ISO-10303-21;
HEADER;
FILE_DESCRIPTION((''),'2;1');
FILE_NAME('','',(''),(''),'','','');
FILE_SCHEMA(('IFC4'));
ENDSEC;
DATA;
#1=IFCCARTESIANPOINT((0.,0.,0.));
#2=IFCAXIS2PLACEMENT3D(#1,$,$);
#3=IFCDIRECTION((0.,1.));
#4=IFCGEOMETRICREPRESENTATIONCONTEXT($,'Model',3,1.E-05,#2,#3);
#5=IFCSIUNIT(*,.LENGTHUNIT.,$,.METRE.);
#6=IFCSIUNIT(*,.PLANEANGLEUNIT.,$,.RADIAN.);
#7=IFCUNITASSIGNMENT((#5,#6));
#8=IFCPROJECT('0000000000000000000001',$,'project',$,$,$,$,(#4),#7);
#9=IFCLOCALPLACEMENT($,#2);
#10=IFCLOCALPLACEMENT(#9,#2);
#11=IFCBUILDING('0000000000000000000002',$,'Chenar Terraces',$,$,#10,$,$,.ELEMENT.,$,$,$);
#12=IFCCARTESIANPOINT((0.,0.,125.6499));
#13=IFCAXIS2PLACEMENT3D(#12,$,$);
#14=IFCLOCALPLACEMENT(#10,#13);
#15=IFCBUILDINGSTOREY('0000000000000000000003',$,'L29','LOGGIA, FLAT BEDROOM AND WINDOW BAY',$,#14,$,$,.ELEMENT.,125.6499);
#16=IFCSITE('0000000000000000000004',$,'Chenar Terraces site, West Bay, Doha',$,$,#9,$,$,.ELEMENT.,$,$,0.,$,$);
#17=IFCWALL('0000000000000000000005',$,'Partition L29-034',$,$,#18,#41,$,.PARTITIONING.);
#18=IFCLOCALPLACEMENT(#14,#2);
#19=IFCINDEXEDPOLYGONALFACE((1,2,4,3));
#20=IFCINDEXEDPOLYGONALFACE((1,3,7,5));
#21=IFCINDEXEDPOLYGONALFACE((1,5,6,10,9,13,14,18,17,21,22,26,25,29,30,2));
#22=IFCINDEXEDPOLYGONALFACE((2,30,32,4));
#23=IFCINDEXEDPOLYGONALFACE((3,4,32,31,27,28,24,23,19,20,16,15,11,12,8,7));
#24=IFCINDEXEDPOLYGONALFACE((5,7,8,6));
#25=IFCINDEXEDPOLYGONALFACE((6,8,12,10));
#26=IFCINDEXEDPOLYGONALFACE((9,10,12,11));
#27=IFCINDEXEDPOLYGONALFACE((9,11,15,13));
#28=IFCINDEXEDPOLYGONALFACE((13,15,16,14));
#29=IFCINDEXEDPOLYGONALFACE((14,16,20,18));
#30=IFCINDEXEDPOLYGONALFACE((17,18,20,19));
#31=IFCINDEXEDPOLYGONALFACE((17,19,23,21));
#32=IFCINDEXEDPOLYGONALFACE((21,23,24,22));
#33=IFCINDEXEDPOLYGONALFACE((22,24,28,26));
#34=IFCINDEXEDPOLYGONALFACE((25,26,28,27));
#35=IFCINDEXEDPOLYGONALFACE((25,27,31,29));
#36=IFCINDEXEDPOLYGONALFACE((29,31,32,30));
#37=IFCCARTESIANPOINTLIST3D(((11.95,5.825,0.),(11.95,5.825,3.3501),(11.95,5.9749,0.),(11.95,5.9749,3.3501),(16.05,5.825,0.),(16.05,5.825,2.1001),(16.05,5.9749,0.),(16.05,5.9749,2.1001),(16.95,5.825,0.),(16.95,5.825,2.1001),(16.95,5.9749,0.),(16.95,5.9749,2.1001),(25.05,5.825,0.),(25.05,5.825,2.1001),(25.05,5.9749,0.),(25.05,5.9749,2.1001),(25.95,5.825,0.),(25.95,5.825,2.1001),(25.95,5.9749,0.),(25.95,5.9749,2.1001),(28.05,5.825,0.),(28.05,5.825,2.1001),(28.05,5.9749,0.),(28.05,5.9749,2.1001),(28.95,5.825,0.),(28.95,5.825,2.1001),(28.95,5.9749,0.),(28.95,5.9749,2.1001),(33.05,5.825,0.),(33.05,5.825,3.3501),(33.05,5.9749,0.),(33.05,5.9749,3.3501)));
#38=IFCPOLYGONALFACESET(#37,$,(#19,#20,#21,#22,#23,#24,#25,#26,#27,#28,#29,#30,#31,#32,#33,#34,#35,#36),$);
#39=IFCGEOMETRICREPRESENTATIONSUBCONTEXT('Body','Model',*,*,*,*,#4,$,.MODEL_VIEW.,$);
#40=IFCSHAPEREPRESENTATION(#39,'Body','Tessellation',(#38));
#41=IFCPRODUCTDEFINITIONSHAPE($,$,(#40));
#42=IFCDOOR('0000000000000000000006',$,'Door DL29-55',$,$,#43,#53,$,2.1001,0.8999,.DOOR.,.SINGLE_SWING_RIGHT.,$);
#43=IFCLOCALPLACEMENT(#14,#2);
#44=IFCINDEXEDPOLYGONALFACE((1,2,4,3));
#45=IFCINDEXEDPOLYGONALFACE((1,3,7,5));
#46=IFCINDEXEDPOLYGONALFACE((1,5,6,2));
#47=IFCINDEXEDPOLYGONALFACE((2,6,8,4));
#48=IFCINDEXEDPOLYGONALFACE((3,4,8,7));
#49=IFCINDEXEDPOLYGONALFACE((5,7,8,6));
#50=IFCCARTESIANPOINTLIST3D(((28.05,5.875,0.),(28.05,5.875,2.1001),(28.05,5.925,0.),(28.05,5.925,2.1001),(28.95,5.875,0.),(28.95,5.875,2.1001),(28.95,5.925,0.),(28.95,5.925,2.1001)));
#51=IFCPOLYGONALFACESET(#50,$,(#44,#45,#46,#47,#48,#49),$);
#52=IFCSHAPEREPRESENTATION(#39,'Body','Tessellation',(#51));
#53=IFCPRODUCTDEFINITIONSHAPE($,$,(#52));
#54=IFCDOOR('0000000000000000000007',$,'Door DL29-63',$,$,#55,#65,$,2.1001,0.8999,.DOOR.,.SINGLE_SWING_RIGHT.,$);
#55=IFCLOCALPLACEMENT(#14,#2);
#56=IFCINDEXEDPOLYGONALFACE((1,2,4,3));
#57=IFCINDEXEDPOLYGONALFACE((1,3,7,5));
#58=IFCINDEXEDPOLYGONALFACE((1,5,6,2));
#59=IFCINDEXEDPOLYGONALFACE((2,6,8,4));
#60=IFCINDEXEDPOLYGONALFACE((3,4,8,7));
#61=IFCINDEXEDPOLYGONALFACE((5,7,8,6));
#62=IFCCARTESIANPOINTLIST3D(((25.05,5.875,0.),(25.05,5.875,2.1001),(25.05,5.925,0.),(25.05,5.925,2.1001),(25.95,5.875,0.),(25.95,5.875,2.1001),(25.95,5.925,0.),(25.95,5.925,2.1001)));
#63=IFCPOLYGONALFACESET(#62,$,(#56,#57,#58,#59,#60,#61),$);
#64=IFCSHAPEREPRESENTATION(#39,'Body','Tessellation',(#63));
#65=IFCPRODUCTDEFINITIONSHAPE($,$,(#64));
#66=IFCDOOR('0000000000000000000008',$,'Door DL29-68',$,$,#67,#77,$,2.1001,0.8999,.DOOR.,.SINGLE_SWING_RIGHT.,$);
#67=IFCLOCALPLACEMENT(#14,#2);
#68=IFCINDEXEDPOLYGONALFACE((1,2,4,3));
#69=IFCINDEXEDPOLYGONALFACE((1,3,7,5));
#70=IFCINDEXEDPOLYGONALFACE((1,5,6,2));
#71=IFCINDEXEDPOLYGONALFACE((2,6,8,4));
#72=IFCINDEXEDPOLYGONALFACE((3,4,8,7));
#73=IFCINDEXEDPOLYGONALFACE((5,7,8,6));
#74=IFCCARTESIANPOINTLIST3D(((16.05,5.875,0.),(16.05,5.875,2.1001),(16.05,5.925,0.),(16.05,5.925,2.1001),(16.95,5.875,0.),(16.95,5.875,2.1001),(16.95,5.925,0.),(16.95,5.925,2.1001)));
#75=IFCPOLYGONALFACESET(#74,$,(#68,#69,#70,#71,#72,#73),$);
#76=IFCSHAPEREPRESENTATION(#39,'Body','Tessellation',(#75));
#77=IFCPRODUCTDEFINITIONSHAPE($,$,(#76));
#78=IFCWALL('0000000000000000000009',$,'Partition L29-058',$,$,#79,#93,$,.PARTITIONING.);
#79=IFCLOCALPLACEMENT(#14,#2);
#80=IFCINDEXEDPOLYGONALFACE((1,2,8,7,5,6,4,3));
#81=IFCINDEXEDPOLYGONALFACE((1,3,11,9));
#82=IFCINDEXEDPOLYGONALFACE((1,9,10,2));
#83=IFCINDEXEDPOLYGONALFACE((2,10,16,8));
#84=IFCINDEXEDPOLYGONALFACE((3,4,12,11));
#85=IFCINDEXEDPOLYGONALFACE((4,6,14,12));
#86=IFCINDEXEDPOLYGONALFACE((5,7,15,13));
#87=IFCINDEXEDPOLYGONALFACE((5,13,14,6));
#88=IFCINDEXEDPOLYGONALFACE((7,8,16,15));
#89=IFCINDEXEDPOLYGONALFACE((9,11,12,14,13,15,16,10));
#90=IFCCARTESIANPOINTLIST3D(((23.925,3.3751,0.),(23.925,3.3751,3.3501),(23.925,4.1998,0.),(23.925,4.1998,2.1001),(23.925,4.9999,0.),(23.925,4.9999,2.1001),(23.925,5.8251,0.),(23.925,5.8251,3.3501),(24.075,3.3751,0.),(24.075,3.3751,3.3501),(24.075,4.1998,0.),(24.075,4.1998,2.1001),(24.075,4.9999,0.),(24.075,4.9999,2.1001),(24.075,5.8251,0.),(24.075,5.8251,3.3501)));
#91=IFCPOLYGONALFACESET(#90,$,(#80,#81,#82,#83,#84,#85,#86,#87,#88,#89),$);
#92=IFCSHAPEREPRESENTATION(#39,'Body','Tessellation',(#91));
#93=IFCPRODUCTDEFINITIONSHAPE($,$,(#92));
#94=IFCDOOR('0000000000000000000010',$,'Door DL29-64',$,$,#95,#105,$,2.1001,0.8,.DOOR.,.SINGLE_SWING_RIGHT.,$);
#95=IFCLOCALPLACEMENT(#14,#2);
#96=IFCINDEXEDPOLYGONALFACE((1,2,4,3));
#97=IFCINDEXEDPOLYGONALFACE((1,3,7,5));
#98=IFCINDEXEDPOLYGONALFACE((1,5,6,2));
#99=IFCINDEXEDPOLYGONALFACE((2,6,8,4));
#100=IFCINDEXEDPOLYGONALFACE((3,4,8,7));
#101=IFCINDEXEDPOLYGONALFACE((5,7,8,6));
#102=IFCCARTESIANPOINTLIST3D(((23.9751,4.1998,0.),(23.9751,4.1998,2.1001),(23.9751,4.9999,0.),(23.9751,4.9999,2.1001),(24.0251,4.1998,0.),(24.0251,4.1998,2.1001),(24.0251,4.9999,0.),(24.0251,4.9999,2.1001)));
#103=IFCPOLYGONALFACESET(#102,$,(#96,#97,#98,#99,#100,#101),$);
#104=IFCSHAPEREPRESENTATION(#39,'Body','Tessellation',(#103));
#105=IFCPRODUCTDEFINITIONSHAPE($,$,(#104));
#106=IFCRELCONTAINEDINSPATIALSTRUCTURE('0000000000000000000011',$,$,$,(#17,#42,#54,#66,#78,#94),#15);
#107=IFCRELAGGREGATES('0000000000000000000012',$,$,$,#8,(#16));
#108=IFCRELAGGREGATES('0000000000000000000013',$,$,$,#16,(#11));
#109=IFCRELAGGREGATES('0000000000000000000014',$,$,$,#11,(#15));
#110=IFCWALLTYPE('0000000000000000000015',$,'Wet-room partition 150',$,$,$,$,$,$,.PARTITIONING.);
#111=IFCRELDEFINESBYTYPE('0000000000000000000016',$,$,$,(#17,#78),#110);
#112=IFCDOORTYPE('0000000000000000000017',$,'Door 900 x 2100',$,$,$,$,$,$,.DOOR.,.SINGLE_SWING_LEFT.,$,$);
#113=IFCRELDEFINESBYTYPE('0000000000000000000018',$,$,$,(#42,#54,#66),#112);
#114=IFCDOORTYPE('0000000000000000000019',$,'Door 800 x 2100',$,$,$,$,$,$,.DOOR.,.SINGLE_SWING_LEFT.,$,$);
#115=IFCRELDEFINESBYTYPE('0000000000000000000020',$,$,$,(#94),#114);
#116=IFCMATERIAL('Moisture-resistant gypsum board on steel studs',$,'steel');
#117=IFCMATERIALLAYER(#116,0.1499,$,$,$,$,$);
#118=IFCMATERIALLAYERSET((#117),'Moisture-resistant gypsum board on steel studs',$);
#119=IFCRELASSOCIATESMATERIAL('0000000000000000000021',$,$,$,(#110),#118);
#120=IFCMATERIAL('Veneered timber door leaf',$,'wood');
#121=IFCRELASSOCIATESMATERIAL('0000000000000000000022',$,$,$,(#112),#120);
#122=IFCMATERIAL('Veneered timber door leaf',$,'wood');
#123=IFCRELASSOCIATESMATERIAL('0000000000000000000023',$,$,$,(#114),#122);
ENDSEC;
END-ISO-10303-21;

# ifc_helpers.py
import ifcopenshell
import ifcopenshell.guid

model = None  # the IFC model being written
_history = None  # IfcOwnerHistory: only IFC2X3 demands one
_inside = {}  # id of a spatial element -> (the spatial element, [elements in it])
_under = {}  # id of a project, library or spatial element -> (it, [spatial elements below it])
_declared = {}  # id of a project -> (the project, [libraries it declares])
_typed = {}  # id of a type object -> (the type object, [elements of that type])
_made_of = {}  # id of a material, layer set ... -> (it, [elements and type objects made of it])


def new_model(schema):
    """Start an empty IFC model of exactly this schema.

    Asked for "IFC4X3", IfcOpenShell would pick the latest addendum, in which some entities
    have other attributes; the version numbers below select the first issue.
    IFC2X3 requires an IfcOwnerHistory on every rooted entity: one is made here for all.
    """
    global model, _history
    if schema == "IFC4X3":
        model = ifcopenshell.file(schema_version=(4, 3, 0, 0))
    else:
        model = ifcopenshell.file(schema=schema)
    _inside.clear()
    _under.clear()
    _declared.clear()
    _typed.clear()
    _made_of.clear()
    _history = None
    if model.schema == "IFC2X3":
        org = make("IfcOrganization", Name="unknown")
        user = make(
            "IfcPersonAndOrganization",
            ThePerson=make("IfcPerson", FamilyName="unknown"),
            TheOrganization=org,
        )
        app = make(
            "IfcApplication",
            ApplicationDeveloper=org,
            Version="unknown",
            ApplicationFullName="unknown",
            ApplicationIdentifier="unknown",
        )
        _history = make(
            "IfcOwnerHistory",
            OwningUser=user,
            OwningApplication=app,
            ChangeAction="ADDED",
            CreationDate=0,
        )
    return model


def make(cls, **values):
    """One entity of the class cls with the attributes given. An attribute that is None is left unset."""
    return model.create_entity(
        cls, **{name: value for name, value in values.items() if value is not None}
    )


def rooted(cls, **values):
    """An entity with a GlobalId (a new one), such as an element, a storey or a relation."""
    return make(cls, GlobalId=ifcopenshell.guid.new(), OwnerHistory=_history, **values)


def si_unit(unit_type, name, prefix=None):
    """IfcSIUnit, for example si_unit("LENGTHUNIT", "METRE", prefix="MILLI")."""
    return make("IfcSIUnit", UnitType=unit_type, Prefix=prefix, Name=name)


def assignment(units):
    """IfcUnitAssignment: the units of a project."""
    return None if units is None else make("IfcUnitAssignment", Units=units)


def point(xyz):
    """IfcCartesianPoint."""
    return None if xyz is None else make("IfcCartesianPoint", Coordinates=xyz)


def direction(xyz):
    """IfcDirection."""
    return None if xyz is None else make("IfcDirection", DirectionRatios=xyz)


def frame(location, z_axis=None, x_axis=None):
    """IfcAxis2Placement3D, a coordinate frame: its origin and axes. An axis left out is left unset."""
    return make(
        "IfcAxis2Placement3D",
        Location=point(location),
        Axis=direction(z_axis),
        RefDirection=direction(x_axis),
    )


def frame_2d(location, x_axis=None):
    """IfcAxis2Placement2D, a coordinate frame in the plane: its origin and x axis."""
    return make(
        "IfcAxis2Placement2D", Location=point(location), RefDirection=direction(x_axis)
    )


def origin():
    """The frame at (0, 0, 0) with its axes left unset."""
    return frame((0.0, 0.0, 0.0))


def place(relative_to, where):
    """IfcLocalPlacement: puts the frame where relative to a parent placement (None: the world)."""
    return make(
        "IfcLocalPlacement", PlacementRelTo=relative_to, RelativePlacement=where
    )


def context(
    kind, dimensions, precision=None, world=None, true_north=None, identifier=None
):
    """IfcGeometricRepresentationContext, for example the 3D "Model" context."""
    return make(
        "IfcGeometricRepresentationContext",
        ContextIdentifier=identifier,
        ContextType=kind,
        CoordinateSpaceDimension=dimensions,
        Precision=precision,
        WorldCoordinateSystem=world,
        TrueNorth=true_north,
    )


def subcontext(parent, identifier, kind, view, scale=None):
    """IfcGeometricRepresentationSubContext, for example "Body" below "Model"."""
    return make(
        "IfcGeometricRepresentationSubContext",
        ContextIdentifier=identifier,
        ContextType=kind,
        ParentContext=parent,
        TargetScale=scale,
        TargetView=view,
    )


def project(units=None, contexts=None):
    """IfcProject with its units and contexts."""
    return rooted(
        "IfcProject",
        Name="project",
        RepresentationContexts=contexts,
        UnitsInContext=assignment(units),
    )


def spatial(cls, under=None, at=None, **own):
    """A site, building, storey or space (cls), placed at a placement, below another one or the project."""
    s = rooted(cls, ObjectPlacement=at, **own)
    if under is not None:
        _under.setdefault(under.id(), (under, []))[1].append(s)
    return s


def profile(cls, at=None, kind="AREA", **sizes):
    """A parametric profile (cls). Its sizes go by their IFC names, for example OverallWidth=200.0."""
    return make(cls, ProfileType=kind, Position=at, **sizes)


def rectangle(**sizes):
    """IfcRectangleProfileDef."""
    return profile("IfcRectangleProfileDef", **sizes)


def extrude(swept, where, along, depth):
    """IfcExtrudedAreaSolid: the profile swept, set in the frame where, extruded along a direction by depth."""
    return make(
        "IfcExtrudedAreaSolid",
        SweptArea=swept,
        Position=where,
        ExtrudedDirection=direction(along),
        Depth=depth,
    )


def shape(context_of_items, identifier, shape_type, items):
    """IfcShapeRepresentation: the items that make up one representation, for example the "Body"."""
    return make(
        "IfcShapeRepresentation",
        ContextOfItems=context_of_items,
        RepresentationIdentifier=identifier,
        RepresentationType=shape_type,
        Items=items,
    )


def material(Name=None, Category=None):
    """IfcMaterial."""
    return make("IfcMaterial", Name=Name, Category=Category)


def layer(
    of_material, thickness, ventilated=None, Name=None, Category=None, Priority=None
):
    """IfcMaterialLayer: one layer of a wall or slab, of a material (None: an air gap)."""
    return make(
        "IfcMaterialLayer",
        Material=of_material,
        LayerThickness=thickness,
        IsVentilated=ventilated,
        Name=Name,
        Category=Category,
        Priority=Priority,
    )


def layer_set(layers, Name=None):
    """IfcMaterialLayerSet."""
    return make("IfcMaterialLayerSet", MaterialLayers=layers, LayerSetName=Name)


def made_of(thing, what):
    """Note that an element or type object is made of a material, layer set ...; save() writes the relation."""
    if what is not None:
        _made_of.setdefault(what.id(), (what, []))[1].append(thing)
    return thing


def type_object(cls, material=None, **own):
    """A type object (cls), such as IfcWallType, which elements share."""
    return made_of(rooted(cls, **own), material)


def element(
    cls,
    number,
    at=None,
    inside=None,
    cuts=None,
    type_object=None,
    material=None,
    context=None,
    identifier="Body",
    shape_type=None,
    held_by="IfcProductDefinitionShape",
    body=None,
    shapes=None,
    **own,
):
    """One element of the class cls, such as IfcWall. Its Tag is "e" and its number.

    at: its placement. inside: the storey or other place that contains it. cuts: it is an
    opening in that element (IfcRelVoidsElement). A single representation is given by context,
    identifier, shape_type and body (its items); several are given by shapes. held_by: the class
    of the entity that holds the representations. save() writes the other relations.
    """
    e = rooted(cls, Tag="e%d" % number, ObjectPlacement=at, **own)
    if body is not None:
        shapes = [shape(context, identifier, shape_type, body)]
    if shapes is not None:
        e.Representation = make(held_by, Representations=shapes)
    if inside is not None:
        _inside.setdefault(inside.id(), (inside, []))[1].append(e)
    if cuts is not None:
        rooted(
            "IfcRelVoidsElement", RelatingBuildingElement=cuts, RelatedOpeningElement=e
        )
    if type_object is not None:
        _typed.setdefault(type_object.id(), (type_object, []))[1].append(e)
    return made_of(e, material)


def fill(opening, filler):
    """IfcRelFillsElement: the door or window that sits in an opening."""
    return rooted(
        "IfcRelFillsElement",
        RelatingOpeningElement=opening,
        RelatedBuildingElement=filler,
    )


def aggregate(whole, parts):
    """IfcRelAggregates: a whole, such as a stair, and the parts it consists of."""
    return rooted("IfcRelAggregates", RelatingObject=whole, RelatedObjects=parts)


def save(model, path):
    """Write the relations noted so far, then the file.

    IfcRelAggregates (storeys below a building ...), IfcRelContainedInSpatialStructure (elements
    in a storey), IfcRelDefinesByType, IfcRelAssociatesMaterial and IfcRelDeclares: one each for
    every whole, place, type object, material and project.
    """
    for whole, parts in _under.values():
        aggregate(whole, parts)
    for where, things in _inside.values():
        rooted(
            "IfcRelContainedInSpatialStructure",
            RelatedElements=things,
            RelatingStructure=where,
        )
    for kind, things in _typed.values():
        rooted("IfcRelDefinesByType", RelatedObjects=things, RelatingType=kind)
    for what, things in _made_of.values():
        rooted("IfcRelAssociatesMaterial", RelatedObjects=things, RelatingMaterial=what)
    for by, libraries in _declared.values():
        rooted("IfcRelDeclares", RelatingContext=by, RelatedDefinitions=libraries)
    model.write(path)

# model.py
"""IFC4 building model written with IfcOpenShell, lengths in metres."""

from ifc_helpers import new_model, si_unit, direction, frame, frame_2d, origin, place, context, subcontext, project, spatial, rectangle, extrude, material, layer, layer_set, type_object, element, fill, save


model = new_model("IFC4")

# Units and contexts
model_context = context("Model", 3, precision=1e-05, world=origin(), true_north=direction((0.0, 1.0)))
body_context = subcontext(model_context, "Body", "Model", "MODEL_VIEW")
ifc_project = project(units=[si_unit("LENGTHUNIT", "METRE"), si_unit("PLANEANGLEUNIT", "RADIAN")], contexts=[model_context])

# Site, building, storey
site_placement = place(None, origin())
site = spatial("IfcSite", under=ifc_project, at=site_placement, Name="Chenar Terraces site, West Bay, Doha", CompositionType="ELEMENT", RefElevation=0.0)
building_placement = place(site_placement, origin())
building = spatial("IfcBuilding", under=site, at=building_placement, Name="Chenar Terraces", CompositionType="ELEMENT")
storey_placement = place(building_placement, frame((0.0, 0.0, 125.6499)))
storey = spatial("IfcBuildingStorey", under=building, at=storey_placement, Name="L29", Description="LOGGIA, FLAT BEDROOM AND WINDOW BAY", CompositionType="ELEMENT", Elevation=125.6499)

# Wall, openings, doors
ifc_material_1 = material(Name="Moisture-resistant gypsum board on steel studs", Category="steel")
ifc_layer_1 = layer(ifc_material_1, 0.1499)
ifc_layer_set_1 = layer_set([ifc_layer_1], Name="Moisture-resistant gypsum board on steel studs")
wall_type_1 = type_object("IfcWallType", Name="Wet-room partition 150", PredefinedType="PARTITIONING", material=ifc_layer_set_1)
wall_1_placement = place(storey_placement, frame((11.95, 5.8999, 0.0), z_axis=(0.0, 0.0, 1.0), x_axis=(1.0, 0.0, 0.0)))
wall_1 = element("IfcWall", 1, at=wall_1_placement, inside=storey, type_object=wall_type_1, Name="Partition L29-034", PredefinedType="PARTITIONING", context=body_context, shape_type="SweptSolid", body=[
    extrude(rectangle(XDim=21.1001, YDim=0.1499, at=frame_2d((10.55, 0.0))), origin(), (0.0, 0.0, 1.0), 3.3501),
])
opening_1_placement = place(wall_1_placement, frame((16.1001, 0.0, 0.0)))
opening_1 = element("IfcOpeningElement", 2, at=opening_1_placement, cuts=wall_1, PredefinedType="OPENING", context=body_context, shape_type="SweptSolid", body=[
    extrude(rectangle(XDim=0.8999, YDim=2.1001, at=frame_2d((0.45, 1.05))), frame((0.0, 0.085, 0.0), z_axis=(0.0, -1.0, 0.0), x_axis=(1.0, 0.0, 0.0)), (0.0, 0.0, 1.0), 0.1699),
])
opening_2_placement = place(wall_1_placement, frame((13.1001, 0.0, 0.0)))
opening_2 = element("IfcOpeningElement", 3, at=opening_2_placement, cuts=wall_1, PredefinedType="OPENING", context=body_context, shape_type="SweptSolid", body=[
    extrude(rectangle(XDim=0.8999, YDim=2.1001, at=frame_2d((0.45, 1.05))), frame((0.0, 0.085, 0.0), z_axis=(0.0, -1.0, 0.0), x_axis=(1.0, 0.0, 0.0)), (0.0, 0.0, 1.0), 0.1699),
])
opening_3_placement = place(wall_1_placement, frame((4.1001, 0.0, 0.0)))
opening_3 = element("IfcOpeningElement", 4, at=opening_3_placement, cuts=wall_1, PredefinedType="OPENING", context=body_context, shape_type="SweptSolid", body=[
    extrude(rectangle(XDim=0.8999, YDim=2.1001, at=frame_2d((0.45, 1.05))), frame((0.0, 0.085, 0.0), z_axis=(0.0, -1.0, 0.0), x_axis=(1.0, 0.0, 0.0)), (0.0, 0.0, 1.0), 0.1699),
])
ifc_material_2 = material(Name="Veneered timber door leaf", Category="wood")
door_type_1 = type_object("IfcDoorType", Name="Door 900 x 2100", OperationType="SINGLE_SWING_LEFT", PredefinedType="DOOR", material=ifc_material_2)
door_1_placement = place(opening_1_placement, frame((0.8999, 0.0, 0.0), z_axis=(0.0, 0.0, 1.0), x_axis=(-1.0, 0.0, 0.0)))
door_1 = element("IfcDoor", 5, at=door_1_placement, inside=storey, type_object=door_type_1, Name="Door DL29-55", OperationType="SINGLE_SWING_RIGHT", OverallHeight=2.1001, OverallWidth=0.8999, PredefinedType="DOOR", context=body_context, shape_type="SweptSolid", body=[
    extrude(rectangle(XDim=0.8999, YDim=2.1001, at=frame_2d((0.45, 1.05))), frame((0.0, 0.0249, 0.0), z_axis=(0.0, -1.0, 0.0), x_axis=(1.0, 0.0, 0.0)), (0.0, 0.0, 1.0), 0.05),
])
fill(opening_1, door_1)
door_2_placement = place(opening_2_placement, frame((0.8999, 0.0, 0.0), z_axis=(0.0, 0.0, 1.0), x_axis=(-1.0, 0.0, 0.0)))
door_2 = element("IfcDoor", 6, at=door_2_placement, inside=storey, type_object=door_type_1, Name="Door DL29-63", OperationType="SINGLE_SWING_RIGHT", OverallHeight=2.1001, OverallWidth=0.8999, PredefinedType="DOOR", context=body_context, shape_type="SweptSolid", body=[
    extrude(rectangle(XDim=0.8999, YDim=2.1001, at=frame_2d((0.45, 1.05))), frame((0.0, 0.0249, 0.0), z_axis=(0.0, -1.0, 0.0), x_axis=(1.0, 0.0, 0.0)), (0.0, 0.0, 1.0), 0.05),
])
fill(opening_2, door_2)
door_3_placement = place(opening_3_placement, frame((0.8999, 0.0, 0.0), z_axis=(0.0, 0.0, 1.0), x_axis=(-1.0, 0.0, 0.0)))
door_3 = element("IfcDoor", 7, at=door_3_placement, inside=storey, type_object=door_type_1, Name="Door DL29-68", OperationType="SINGLE_SWING_RIGHT", OverallHeight=2.1001, OverallWidth=0.8999, PredefinedType="DOOR", context=body_context, shape_type="SweptSolid", body=[
    extrude(rectangle(XDim=0.8999, YDim=2.1001, at=frame_2d((0.45, 1.05))), frame((0.0, 0.0249, 0.0), z_axis=(0.0, -1.0, 0.0), x_axis=(1.0, 0.0, 0.0)), (0.0, 0.0, 1.0), 0.05),
])
fill(opening_3, door_3)

# Wall, opening, door
wall_2_placement = place(storey_placement, frame((24.0, 3.375, 0.0), z_axis=(0.0, 0.0, 1.0), x_axis=(0.0, 1.0, 0.0)))
wall_2 = element("IfcWall", 8, at=wall_2_placement, inside=storey, type_object=wall_type_1, Name="Partition L29-058", PredefinedType="PARTITIONING", context=body_context, shape_type="SweptSolid", body=[
    extrude(rectangle(XDim=2.45, YDim=0.1499, at=frame_2d((1.2251, 0.0))), origin(), (0.0, 0.0, 1.0), 3.3501),
])
opening_4_placement = place(wall_2_placement, frame((0.825, 0.0, 0.0)))
opening_4 = element("IfcOpeningElement", 9, at=opening_4_placement, cuts=wall_2, PredefinedType="OPENING", context=body_context, shape_type="SweptSolid", body=[
    extrude(rectangle(XDim=0.8, YDim=2.1001, at=frame_2d((0.3999, 1.05))), frame((0.0, 0.085, 0.0), z_axis=(0.0, -1.0, 0.0), x_axis=(1.0, 0.0, 0.0)), (0.0, 0.0, 1.0), 0.1699),
])
ifc_material_3 = material(Name="Veneered timber door leaf", Category="wood")
door_type_2 = type_object("IfcDoorType", Name="Door 800 x 2100", OperationType="SINGLE_SWING_LEFT", PredefinedType="DOOR", material=ifc_material_3)
door_4_placement = place(opening_4_placement, origin())
door_4 = element("IfcDoor", 10, at=door_4_placement, inside=storey, type_object=door_type_2, Name="Door DL29-64", OperationType="SINGLE_SWING_RIGHT", OverallHeight=2.1001, OverallWidth=0.8, PredefinedType="DOOR", context=body_context, shape_type="SweptSolid", body=[
    extrude(rectangle(XDim=0.8, YDim=2.1001, at=frame_2d((0.3999, 1.05))), frame((0.0, 0.0249, 0.0), z_axis=(0.0, -1.0, 0.0), x_axis=(1.0, 0.0, 0.0)), (0.0, 0.0, 1.0), 0.05),
])
fill(opening_4, door_4)

save(model, "model.ifc")
